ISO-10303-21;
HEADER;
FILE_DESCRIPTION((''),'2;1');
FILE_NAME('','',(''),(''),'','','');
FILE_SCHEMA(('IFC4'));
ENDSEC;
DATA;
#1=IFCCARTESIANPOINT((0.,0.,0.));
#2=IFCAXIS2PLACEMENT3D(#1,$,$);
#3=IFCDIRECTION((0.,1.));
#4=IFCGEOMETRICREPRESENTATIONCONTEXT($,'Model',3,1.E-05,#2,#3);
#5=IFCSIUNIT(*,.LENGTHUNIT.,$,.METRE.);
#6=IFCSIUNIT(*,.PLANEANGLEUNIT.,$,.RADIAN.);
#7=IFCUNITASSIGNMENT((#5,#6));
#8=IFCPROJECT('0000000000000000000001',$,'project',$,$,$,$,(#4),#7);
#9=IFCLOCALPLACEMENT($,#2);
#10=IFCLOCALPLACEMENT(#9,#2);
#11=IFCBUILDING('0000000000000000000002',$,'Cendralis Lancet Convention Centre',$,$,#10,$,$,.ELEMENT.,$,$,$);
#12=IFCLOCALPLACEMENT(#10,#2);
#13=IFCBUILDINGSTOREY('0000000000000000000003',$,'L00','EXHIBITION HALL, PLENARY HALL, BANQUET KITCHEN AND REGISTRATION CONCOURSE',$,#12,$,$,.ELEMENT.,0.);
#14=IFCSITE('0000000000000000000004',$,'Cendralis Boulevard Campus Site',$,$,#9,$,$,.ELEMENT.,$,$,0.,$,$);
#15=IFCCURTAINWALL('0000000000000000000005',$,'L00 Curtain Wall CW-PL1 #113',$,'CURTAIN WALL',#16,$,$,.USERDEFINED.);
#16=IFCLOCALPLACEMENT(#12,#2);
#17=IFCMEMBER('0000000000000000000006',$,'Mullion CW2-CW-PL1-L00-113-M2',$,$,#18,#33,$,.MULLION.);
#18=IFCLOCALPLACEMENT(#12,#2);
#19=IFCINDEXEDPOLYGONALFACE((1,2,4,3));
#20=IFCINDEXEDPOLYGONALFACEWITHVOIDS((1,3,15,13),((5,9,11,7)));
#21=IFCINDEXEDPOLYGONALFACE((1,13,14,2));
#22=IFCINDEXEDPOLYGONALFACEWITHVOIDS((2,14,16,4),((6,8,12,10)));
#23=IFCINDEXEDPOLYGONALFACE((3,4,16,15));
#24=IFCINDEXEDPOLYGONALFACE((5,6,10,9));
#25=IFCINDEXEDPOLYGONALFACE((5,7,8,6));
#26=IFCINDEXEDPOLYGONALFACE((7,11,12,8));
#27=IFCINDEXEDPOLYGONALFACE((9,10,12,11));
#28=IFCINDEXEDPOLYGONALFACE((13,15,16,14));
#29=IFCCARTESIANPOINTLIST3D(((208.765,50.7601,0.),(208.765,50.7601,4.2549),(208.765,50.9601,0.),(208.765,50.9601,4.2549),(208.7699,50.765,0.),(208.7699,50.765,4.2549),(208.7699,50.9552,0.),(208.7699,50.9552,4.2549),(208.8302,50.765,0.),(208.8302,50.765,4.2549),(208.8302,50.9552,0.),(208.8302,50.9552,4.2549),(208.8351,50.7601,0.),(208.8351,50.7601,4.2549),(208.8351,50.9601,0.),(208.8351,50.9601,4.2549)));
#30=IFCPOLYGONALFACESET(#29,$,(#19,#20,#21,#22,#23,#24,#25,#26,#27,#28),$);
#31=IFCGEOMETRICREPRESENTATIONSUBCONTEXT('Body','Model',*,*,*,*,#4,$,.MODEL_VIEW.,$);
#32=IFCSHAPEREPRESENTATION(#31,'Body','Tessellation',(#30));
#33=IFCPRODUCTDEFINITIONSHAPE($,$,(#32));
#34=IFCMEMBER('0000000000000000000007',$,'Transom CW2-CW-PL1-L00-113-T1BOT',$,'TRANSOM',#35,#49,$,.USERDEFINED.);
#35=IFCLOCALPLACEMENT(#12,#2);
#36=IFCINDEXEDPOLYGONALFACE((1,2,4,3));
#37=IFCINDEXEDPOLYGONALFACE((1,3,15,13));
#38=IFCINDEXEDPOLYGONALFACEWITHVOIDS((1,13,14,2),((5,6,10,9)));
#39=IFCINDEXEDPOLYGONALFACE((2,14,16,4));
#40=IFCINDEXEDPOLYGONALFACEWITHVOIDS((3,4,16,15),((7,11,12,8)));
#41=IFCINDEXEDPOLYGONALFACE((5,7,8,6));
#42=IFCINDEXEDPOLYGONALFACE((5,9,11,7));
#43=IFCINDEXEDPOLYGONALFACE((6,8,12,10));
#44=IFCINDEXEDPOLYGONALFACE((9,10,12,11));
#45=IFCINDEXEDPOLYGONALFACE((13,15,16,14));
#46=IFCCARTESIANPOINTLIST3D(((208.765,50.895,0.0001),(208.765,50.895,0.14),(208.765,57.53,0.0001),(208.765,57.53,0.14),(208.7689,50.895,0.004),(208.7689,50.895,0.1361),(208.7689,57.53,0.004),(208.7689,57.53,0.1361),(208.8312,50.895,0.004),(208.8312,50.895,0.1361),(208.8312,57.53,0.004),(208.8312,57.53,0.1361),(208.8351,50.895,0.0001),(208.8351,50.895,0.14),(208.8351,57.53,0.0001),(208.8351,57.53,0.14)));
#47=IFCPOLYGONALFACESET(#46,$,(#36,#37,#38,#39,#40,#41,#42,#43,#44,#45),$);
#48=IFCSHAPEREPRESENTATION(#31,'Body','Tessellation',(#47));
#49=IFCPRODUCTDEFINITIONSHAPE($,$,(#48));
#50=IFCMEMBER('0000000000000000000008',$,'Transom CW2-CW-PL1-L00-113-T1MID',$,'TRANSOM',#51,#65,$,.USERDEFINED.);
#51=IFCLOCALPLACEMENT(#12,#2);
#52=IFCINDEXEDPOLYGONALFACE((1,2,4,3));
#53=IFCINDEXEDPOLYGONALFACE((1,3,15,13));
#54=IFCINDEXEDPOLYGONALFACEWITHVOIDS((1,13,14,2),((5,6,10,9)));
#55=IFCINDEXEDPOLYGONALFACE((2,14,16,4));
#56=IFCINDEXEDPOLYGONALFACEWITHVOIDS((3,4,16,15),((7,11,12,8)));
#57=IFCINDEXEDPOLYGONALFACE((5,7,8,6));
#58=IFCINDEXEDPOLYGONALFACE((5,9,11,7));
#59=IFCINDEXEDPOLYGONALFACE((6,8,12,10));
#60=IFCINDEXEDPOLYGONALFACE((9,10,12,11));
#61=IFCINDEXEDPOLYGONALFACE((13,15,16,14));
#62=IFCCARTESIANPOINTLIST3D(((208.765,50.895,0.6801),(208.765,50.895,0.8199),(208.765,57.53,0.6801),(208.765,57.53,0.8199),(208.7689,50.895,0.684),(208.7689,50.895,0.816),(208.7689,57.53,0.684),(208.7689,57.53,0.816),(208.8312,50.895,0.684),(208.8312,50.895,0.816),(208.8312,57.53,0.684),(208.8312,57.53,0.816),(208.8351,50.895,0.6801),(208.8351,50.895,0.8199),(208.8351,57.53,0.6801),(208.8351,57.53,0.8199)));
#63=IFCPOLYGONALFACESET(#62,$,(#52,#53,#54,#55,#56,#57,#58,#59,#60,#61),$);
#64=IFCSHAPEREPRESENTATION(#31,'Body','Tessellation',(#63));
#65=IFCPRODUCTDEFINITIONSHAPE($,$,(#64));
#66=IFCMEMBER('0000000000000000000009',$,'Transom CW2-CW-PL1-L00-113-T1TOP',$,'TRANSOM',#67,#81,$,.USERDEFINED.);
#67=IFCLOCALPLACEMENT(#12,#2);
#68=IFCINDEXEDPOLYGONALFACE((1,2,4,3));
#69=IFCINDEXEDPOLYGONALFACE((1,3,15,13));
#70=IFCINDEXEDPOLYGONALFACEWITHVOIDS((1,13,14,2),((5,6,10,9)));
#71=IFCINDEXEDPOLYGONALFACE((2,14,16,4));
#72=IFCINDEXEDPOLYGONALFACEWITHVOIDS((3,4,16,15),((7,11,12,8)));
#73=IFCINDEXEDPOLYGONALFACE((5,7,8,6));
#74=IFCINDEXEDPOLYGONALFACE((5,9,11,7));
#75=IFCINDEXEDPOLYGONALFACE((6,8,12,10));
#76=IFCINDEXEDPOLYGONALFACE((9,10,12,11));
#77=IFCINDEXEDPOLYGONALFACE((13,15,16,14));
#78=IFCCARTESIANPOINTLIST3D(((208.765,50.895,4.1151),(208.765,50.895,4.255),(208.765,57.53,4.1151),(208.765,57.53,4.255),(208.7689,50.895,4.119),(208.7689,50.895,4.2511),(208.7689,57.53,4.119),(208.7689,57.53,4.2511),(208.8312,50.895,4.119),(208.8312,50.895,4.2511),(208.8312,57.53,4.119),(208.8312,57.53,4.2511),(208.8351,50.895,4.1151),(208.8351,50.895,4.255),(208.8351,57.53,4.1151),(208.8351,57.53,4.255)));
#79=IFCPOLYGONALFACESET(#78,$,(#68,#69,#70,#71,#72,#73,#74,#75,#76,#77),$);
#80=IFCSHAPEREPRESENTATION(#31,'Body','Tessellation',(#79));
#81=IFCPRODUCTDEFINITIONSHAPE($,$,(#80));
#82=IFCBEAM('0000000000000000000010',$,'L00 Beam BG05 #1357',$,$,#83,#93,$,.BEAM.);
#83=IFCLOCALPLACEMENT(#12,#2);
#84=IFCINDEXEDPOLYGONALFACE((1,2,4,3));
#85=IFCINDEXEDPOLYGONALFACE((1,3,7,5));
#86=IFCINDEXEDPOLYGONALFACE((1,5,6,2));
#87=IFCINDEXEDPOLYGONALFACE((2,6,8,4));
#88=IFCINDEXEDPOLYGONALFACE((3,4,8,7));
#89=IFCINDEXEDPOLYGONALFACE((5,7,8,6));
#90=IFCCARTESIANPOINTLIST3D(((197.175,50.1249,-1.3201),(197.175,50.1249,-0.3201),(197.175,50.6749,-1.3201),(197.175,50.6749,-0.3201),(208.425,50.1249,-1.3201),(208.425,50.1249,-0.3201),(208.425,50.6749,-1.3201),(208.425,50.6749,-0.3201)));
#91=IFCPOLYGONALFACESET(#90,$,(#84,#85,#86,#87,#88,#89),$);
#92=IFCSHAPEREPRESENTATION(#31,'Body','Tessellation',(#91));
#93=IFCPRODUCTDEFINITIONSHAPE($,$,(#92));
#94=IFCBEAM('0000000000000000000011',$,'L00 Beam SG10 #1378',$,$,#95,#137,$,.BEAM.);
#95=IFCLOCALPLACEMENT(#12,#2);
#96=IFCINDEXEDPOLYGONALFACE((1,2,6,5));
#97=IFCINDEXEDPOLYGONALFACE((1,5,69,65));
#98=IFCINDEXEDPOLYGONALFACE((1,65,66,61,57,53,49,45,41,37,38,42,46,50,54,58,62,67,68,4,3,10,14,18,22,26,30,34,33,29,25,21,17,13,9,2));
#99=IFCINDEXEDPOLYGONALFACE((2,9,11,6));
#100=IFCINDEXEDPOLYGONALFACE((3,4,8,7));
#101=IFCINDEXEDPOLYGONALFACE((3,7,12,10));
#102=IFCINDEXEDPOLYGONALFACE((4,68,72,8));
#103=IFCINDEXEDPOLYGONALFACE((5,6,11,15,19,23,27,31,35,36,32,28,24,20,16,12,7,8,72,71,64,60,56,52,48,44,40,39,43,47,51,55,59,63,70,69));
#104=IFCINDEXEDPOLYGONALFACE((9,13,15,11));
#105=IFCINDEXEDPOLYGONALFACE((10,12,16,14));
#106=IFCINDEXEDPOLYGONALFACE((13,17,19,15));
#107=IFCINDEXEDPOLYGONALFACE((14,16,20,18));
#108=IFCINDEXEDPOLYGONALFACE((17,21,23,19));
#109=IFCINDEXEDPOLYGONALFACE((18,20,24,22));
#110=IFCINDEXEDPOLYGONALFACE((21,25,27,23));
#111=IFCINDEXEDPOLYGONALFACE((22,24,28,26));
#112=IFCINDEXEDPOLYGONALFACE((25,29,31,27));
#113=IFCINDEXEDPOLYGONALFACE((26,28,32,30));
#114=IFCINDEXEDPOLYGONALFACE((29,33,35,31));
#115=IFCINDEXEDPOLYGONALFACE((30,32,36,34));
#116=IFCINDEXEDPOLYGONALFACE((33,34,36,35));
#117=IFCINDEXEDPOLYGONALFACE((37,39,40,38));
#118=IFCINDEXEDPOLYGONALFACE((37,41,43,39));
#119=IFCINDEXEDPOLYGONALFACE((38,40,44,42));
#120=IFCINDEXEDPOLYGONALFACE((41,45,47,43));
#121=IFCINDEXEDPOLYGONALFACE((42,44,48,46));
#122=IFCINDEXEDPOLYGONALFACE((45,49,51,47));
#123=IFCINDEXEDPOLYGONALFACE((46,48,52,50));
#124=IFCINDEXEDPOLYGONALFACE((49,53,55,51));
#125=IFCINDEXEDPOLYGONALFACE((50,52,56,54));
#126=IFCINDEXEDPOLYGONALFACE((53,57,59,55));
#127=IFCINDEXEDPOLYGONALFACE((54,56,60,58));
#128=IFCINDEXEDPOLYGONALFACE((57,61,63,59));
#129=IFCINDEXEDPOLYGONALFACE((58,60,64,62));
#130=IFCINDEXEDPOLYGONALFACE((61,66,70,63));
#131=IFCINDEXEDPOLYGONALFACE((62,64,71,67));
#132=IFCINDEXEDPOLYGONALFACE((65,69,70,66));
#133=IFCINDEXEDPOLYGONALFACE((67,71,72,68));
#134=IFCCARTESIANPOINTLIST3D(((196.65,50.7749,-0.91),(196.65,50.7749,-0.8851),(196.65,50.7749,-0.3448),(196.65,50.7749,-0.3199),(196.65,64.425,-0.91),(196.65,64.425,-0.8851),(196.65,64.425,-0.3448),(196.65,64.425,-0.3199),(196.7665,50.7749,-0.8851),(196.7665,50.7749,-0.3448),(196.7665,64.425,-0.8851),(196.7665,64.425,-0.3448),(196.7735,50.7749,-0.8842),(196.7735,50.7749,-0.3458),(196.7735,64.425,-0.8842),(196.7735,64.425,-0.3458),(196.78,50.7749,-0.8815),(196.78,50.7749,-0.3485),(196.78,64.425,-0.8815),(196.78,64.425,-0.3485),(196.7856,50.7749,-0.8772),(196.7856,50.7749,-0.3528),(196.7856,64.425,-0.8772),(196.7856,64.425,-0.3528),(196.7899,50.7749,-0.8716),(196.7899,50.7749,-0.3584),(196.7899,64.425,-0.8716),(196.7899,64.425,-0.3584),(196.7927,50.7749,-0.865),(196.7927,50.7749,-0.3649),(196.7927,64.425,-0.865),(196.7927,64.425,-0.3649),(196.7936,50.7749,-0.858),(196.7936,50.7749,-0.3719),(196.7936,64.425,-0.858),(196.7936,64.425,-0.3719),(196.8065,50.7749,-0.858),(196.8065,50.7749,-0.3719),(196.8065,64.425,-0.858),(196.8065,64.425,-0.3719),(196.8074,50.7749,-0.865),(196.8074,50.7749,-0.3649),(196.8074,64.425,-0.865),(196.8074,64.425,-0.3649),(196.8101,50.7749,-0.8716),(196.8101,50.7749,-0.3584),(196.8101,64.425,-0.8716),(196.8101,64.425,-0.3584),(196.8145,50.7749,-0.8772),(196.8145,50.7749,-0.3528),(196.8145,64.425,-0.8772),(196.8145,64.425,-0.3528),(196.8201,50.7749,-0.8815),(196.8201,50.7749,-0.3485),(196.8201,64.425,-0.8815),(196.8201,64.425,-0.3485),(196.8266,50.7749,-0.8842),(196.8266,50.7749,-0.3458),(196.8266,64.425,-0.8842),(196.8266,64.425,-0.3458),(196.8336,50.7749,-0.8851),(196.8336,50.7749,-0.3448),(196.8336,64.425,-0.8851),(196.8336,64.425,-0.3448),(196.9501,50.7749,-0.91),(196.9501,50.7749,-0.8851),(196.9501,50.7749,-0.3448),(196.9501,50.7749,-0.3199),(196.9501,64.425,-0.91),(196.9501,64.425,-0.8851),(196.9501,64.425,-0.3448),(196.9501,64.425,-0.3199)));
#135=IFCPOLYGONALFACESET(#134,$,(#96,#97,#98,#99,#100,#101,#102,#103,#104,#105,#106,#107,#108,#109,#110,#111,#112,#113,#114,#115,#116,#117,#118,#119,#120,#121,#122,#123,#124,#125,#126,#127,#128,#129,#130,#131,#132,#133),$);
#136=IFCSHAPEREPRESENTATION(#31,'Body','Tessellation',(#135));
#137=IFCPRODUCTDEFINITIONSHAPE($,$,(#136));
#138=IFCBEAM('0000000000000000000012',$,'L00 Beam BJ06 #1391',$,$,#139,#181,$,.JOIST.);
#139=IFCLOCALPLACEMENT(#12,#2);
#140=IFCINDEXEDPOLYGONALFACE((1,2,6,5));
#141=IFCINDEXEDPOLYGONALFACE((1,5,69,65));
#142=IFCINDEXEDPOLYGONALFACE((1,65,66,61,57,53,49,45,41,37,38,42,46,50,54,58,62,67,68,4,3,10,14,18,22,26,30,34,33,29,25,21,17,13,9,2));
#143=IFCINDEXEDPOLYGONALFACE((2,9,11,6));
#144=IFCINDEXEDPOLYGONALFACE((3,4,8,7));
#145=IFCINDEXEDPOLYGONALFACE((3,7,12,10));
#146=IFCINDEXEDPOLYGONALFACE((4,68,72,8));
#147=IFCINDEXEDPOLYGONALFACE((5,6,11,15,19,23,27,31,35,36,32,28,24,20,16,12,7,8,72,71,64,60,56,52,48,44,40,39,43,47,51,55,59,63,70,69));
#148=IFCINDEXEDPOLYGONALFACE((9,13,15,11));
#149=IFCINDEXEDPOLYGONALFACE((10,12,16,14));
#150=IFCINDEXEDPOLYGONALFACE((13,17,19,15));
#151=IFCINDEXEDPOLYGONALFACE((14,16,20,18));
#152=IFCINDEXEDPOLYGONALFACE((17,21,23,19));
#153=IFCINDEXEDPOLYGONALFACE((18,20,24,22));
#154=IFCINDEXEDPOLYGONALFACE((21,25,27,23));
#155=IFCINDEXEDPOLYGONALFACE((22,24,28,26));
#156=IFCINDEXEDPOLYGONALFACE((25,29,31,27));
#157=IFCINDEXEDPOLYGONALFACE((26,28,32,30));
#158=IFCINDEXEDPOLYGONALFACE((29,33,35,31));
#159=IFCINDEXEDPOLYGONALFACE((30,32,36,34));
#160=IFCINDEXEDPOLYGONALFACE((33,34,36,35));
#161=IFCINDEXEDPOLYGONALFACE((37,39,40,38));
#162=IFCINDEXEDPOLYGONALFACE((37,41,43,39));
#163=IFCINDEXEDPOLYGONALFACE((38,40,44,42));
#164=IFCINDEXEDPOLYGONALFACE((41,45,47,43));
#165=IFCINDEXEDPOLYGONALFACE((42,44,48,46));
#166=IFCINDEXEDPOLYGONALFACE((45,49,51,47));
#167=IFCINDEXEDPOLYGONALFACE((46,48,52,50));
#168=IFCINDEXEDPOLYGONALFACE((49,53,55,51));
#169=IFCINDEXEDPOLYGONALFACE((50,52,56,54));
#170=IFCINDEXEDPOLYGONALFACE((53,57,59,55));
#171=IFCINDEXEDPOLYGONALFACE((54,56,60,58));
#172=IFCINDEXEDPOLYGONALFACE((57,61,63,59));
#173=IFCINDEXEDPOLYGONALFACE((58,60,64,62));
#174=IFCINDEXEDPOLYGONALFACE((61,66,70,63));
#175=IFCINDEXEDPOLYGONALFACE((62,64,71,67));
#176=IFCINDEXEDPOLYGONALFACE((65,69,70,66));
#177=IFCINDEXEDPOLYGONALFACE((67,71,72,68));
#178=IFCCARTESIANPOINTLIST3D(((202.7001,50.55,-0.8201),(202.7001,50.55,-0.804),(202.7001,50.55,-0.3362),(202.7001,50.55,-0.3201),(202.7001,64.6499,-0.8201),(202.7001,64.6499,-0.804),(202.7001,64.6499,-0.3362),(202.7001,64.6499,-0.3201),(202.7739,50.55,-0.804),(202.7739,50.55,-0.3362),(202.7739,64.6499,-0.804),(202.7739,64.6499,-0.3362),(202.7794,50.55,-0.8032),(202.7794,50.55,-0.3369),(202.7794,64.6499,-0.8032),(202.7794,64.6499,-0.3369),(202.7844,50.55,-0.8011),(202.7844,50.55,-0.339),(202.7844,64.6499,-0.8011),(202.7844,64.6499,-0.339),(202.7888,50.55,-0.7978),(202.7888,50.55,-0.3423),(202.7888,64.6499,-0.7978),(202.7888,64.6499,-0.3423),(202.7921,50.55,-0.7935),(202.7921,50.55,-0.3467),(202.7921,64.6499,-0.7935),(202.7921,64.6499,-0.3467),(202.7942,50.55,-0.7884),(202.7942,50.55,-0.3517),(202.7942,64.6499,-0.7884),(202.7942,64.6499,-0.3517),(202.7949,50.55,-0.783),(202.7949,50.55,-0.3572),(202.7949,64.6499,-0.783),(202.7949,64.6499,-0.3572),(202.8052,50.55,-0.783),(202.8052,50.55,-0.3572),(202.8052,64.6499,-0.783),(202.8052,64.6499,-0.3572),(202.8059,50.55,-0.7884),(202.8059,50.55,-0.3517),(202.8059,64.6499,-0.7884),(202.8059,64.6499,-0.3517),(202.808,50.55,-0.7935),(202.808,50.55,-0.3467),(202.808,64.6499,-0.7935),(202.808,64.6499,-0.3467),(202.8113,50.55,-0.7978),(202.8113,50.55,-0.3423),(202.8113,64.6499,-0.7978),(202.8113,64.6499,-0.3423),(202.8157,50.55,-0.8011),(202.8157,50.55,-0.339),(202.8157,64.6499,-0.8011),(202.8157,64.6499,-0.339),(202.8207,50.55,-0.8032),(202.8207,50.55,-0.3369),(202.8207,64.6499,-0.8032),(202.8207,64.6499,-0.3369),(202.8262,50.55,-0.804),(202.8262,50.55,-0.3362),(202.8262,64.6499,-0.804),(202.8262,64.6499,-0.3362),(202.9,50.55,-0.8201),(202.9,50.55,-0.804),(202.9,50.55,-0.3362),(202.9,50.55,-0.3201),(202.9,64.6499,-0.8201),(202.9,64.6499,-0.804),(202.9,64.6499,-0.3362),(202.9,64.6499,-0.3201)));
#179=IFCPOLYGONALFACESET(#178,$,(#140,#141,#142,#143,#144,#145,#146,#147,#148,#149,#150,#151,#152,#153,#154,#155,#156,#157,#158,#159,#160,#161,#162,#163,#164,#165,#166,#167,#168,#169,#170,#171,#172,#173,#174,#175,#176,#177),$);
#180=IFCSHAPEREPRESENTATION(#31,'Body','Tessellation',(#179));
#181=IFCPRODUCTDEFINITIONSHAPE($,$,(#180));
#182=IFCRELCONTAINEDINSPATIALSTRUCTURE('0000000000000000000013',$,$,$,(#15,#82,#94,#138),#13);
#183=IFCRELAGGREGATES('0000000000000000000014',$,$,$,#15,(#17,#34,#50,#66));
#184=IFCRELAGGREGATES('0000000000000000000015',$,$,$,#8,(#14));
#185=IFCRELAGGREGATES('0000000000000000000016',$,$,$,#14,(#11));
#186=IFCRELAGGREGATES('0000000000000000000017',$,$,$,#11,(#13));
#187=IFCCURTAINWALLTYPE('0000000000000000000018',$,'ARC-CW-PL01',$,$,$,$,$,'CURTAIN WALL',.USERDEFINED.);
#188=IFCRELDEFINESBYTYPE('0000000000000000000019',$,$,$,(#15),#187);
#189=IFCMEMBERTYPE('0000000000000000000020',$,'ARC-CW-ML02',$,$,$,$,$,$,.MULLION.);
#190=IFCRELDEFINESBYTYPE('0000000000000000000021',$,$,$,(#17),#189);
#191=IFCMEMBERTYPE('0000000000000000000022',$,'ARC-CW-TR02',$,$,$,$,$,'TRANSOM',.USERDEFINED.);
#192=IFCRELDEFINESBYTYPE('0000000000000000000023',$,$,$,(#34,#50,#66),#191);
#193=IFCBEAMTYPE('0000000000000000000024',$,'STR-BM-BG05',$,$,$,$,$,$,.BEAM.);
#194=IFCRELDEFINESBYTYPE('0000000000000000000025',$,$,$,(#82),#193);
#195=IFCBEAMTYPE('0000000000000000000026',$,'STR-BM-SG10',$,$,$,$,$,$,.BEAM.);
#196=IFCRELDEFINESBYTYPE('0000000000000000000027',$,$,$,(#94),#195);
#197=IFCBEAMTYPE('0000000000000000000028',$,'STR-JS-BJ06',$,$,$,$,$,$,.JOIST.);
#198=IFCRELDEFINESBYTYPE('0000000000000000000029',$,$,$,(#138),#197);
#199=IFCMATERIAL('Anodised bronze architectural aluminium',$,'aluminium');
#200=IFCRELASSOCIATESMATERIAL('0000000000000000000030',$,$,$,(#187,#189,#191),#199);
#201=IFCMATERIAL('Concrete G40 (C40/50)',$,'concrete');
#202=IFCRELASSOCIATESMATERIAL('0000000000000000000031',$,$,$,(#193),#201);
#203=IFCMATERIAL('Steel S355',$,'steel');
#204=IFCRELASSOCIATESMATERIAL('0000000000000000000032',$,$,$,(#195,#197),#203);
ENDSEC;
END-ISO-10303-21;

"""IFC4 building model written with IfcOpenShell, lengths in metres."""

from ifc_helpers import new_model, si_unit, direction, frame, origin, origin_2d, place, context, subcontext, project, spatial, rectangle, hollow_rectangle, i_section, extrude, material, material_profile, profile_set, type_object, element, aggregate, save


model = new_model("IFC4")

# Units and contexts
model_context = context("Model", 3, precision=1e-05, world=origin(), true_north=direction((0.0, 1.0)))
body_context = subcontext(model_context, "Body", "Model", "MODEL_VIEW")
ifc_project = project(units=[si_unit("LENGTHUNIT", "METRE"), si_unit("PLANEANGLEUNIT", "RADIAN")], contexts=[model_context])

# Site, building, storey
site_placement = place(None, origin())
site = spatial("IfcSite", under=ifc_project, at=site_placement, Name="Cendralis Boulevard Campus Site", CompositionType="ELEMENT", RefElevation=0.0)
building_placement = place(site_placement, origin())
building = spatial("IfcBuilding", under=site, at=building_placement, Name="Cendralis Lancet Convention Centre", CompositionType="ELEMENT")
storey_placement = place(building_placement, origin())
storey = spatial("IfcBuildingStorey", under=building, at=storey_placement, Name="L00", Description="EXHIBITION HALL, PLENARY HALL, BANQUET KITCHEN AND REGISTRATION CONCOURSE", CompositionType="ELEMENT", Elevation=0.0)

# Shared definitions
ifc_material_1 = material(Name="Concrete G40 (C40/50)", Category="concrete")

# Curtain wall, members
ifc_material_2 = material(Name="Anodised bronze architectural aluminium", Category="aluminium")
curtain_wall_type = type_object("IfcCurtainWallType", Name="ARC-CW-PL01", ElementType="CURTAIN WALL", PredefinedType="USERDEFINED", material=ifc_material_2)
curtain_wall_placement = place(storey_placement, origin())
curtain_wall = element("IfcCurtainWall", 1, at=curtain_wall_placement, inside=storey, type_object=curtain_wall_type, Name="L00 Curtain Wall CW-PL1 #113", ObjectType="CURTAIN WALL", PredefinedType="USERDEFINED")
ifc_material_profile_1 = material_profile(ifc_material_2, hollow_rectangle(XDim=0.0701, YDim=0.2, WallThickness=0.0049, at=origin_2d()), Name="AL-MULL 70x200x5.0")
ifc_profile_set_1 = profile_set([ifc_material_profile_1], Name="Anodised bronze architectural aluminium")
member_type_1 = type_object("IfcMemberType", Name="ARC-CW-ML02", PredefinedType="MULLION", material=ifc_profile_set_1)
member_1_placement = place(storey_placement, frame((208.8, 50.8601, 0.0), z_axis=(0.0, 0.0, 1.0), x_axis=(1.0, 0.0, 0.0)))
member_1 = element("IfcMember", 2, at=member_1_placement, type_object=member_type_1, Name="Mullion CW2-CW-PL1-L00-113-M2", PredefinedType="MULLION", context=body_context, shape_type="SweptSolid", body=[
    extrude(hollow_rectangle(XDim=0.0701, YDim=0.2, WallThickness=0.0049, at=origin_2d()), origin(), (0.0, 0.0, 1.0), 4.2549),
])
ifc_material_profile_2 = material_profile(ifc_material_2, hollow_rectangle(XDim=0.0701, YDim=0.1399, WallThickness=0.0039, at=origin_2d()), Name="AL-TRAN 70x140x4.0")
ifc_profile_set_2 = profile_set([ifc_material_profile_2], Name="Anodised bronze architectural aluminium")
member_type_2 = type_object("IfcMemberType", Name="ARC-CW-TR02", ElementType="TRANSOM", PredefinedType="USERDEFINED", material=ifc_profile_set_2)
member_2_placement = place(storey_placement, frame((208.8, 57.53, 0.0701), z_axis=(0.0, -1.0, 0.0), x_axis=(1.0, 0.0, 0.0)))
member_2 = element("IfcMember", 3, at=member_2_placement, type_object=member_type_2, Name="Transom CW2-CW-PL1-L00-113-T1BOT", ObjectType="TRANSOM", PredefinedType="USERDEFINED", context=body_context, shape_type="SweptSolid", body=[
    extrude(hollow_rectangle(XDim=0.0701, YDim=0.1399, WallThickness=0.0039, at=origin_2d()), origin(), (0.0, 0.0, 1.0), 6.635),
])
member_3_placement = place(storey_placement, frame((208.8, 57.53, 0.75), z_axis=(0.0, -1.0, 0.0), x_axis=(1.0, 0.0, 0.0)))
member_3 = element("IfcMember", 4, at=member_3_placement, type_object=member_type_2, Name="Transom CW2-CW-PL1-L00-113-T1MID", ObjectType="TRANSOM", PredefinedType="USERDEFINED", context=body_context, shape_type="SweptSolid", body=[
    extrude(hollow_rectangle(XDim=0.0701, YDim=0.1399, WallThickness=0.0039, at=origin_2d()), origin(), (0.0, 0.0, 1.0), 6.635),
])
member_4_placement = place(storey_placement, frame((208.8, 57.53, 4.1851), z_axis=(0.0, -1.0, 0.0), x_axis=(1.0, 0.0, 0.0)))
member_4 = element("IfcMember", 5, at=member_4_placement, type_object=member_type_2, Name="Transom CW2-CW-PL1-L00-113-T1TOP", ObjectType="TRANSOM", PredefinedType="USERDEFINED", context=body_context, shape_type="SweptSolid", body=[
    extrude(hollow_rectangle(XDim=0.0701, YDim=0.1399, WallThickness=0.0039, at=origin_2d()), origin(), (0.0, 0.0, 1.0), 6.635),
])

# Beams
ifc_material_profile_3 = material_profile(ifc_material_1, rectangle(XDim=0.55, YDim=1.0, at=origin_2d()), Name="RCB 550x1000")
ifc_profile_set_3 = profile_set([ifc_material_profile_3], Name="Concrete G40 (C40/50)")
beam_type_1 = type_object("IfcBeamType", Name="STR-BM-BG05", PredefinedType="BEAM", material=ifc_profile_set_3)
beam_1_placement = place(storey_placement, frame((197.175, 50.3999, -0.8201), z_axis=(1.0, 0.0, 0.0), x_axis=(0.0, 1.0, 0.0)))
element("IfcBeam", 6, at=beam_1_placement, inside=storey, type_object=beam_type_1, Name="L00 Beam BG05 #1357", PredefinedType="BEAM", context=body_context, shape_type="SweptSolid", body=[
    extrude(rectangle(XDim=0.55, YDim=1.0, at=origin_2d()), origin(), (0.0, 0.0, 1.0), 11.25),
])
ifc_material_3 = material(Name="Steel S355", Category="steel")
ifc_material_profile_4 = material_profile(ifc_material_3, i_section(OverallWidth=0.3, OverallDepth=0.5901, WebThickness=0.0129, FlangeThickness=0.0249, FilletRadius=0.0271, at=origin_2d()), Name="HEA 600")
ifc_profile_set_4 = profile_set([ifc_material_profile_4], Name="Steel S355")
beam_type_2 = type_object("IfcBeamType", Name="STR-BM-SG10", PredefinedType="BEAM", material=ifc_profile_set_4)
beam_2_placement = place(storey_placement, frame((196.8, 50.7749, -0.615), z_axis=(0.0, 1.0, 0.0), x_axis=(-1.0, 0.0, 0.0)))
element("IfcBeam", 7, at=beam_2_placement, inside=storey, type_object=beam_type_2, Name="L00 Beam SG10 #1378", PredefinedType="BEAM", context=body_context, shape_type="SweptSolid", body=[
    extrude(i_section(OverallWidth=0.3, OverallDepth=0.5901, WebThickness=0.0129, FlangeThickness=0.0249, FilletRadius=0.0271, at=origin_2d()), origin(), (0.0, 0.0, 1.0), 13.6501),
])
ifc_material_profile_5 = material_profile(ifc_material_3, i_section(OverallWidth=0.2, OverallDepth=0.5, WebThickness=0.0103, FlangeThickness=0.0161, FilletRadius=0.021, at=origin_2d()), Name="IPE 500")
ifc_profile_set_5 = profile_set([ifc_material_profile_5], Name="Steel S355")
beam_type_3 = type_object("IfcBeamType", Name="STR-JS-BJ06", PredefinedType="JOIST", material=ifc_profile_set_5)
beam_3_placement = place(storey_placement, frame((202.8, 50.55, -0.5701), z_axis=(0.0, 1.0, 0.0), x_axis=(-1.0, 0.0, 0.0)))
element("IfcBeam", 8, at=beam_3_placement, inside=storey, type_object=beam_type_3, Name="L00 Beam BJ06 #1391", PredefinedType="JOIST", context=body_context, shape_type="SweptSolid", body=[
    extrude(i_section(OverallWidth=0.2, OverallDepth=0.5, WebThickness=0.0103, FlangeThickness=0.0161, FilletRadius=0.021, at=origin_2d()), origin(), (0.0, 0.0, 1.0), 14.0999),
])

aggregate(curtain_wall, [member_1, member_2, member_3, member_4])

save(model, "model.ifc")
